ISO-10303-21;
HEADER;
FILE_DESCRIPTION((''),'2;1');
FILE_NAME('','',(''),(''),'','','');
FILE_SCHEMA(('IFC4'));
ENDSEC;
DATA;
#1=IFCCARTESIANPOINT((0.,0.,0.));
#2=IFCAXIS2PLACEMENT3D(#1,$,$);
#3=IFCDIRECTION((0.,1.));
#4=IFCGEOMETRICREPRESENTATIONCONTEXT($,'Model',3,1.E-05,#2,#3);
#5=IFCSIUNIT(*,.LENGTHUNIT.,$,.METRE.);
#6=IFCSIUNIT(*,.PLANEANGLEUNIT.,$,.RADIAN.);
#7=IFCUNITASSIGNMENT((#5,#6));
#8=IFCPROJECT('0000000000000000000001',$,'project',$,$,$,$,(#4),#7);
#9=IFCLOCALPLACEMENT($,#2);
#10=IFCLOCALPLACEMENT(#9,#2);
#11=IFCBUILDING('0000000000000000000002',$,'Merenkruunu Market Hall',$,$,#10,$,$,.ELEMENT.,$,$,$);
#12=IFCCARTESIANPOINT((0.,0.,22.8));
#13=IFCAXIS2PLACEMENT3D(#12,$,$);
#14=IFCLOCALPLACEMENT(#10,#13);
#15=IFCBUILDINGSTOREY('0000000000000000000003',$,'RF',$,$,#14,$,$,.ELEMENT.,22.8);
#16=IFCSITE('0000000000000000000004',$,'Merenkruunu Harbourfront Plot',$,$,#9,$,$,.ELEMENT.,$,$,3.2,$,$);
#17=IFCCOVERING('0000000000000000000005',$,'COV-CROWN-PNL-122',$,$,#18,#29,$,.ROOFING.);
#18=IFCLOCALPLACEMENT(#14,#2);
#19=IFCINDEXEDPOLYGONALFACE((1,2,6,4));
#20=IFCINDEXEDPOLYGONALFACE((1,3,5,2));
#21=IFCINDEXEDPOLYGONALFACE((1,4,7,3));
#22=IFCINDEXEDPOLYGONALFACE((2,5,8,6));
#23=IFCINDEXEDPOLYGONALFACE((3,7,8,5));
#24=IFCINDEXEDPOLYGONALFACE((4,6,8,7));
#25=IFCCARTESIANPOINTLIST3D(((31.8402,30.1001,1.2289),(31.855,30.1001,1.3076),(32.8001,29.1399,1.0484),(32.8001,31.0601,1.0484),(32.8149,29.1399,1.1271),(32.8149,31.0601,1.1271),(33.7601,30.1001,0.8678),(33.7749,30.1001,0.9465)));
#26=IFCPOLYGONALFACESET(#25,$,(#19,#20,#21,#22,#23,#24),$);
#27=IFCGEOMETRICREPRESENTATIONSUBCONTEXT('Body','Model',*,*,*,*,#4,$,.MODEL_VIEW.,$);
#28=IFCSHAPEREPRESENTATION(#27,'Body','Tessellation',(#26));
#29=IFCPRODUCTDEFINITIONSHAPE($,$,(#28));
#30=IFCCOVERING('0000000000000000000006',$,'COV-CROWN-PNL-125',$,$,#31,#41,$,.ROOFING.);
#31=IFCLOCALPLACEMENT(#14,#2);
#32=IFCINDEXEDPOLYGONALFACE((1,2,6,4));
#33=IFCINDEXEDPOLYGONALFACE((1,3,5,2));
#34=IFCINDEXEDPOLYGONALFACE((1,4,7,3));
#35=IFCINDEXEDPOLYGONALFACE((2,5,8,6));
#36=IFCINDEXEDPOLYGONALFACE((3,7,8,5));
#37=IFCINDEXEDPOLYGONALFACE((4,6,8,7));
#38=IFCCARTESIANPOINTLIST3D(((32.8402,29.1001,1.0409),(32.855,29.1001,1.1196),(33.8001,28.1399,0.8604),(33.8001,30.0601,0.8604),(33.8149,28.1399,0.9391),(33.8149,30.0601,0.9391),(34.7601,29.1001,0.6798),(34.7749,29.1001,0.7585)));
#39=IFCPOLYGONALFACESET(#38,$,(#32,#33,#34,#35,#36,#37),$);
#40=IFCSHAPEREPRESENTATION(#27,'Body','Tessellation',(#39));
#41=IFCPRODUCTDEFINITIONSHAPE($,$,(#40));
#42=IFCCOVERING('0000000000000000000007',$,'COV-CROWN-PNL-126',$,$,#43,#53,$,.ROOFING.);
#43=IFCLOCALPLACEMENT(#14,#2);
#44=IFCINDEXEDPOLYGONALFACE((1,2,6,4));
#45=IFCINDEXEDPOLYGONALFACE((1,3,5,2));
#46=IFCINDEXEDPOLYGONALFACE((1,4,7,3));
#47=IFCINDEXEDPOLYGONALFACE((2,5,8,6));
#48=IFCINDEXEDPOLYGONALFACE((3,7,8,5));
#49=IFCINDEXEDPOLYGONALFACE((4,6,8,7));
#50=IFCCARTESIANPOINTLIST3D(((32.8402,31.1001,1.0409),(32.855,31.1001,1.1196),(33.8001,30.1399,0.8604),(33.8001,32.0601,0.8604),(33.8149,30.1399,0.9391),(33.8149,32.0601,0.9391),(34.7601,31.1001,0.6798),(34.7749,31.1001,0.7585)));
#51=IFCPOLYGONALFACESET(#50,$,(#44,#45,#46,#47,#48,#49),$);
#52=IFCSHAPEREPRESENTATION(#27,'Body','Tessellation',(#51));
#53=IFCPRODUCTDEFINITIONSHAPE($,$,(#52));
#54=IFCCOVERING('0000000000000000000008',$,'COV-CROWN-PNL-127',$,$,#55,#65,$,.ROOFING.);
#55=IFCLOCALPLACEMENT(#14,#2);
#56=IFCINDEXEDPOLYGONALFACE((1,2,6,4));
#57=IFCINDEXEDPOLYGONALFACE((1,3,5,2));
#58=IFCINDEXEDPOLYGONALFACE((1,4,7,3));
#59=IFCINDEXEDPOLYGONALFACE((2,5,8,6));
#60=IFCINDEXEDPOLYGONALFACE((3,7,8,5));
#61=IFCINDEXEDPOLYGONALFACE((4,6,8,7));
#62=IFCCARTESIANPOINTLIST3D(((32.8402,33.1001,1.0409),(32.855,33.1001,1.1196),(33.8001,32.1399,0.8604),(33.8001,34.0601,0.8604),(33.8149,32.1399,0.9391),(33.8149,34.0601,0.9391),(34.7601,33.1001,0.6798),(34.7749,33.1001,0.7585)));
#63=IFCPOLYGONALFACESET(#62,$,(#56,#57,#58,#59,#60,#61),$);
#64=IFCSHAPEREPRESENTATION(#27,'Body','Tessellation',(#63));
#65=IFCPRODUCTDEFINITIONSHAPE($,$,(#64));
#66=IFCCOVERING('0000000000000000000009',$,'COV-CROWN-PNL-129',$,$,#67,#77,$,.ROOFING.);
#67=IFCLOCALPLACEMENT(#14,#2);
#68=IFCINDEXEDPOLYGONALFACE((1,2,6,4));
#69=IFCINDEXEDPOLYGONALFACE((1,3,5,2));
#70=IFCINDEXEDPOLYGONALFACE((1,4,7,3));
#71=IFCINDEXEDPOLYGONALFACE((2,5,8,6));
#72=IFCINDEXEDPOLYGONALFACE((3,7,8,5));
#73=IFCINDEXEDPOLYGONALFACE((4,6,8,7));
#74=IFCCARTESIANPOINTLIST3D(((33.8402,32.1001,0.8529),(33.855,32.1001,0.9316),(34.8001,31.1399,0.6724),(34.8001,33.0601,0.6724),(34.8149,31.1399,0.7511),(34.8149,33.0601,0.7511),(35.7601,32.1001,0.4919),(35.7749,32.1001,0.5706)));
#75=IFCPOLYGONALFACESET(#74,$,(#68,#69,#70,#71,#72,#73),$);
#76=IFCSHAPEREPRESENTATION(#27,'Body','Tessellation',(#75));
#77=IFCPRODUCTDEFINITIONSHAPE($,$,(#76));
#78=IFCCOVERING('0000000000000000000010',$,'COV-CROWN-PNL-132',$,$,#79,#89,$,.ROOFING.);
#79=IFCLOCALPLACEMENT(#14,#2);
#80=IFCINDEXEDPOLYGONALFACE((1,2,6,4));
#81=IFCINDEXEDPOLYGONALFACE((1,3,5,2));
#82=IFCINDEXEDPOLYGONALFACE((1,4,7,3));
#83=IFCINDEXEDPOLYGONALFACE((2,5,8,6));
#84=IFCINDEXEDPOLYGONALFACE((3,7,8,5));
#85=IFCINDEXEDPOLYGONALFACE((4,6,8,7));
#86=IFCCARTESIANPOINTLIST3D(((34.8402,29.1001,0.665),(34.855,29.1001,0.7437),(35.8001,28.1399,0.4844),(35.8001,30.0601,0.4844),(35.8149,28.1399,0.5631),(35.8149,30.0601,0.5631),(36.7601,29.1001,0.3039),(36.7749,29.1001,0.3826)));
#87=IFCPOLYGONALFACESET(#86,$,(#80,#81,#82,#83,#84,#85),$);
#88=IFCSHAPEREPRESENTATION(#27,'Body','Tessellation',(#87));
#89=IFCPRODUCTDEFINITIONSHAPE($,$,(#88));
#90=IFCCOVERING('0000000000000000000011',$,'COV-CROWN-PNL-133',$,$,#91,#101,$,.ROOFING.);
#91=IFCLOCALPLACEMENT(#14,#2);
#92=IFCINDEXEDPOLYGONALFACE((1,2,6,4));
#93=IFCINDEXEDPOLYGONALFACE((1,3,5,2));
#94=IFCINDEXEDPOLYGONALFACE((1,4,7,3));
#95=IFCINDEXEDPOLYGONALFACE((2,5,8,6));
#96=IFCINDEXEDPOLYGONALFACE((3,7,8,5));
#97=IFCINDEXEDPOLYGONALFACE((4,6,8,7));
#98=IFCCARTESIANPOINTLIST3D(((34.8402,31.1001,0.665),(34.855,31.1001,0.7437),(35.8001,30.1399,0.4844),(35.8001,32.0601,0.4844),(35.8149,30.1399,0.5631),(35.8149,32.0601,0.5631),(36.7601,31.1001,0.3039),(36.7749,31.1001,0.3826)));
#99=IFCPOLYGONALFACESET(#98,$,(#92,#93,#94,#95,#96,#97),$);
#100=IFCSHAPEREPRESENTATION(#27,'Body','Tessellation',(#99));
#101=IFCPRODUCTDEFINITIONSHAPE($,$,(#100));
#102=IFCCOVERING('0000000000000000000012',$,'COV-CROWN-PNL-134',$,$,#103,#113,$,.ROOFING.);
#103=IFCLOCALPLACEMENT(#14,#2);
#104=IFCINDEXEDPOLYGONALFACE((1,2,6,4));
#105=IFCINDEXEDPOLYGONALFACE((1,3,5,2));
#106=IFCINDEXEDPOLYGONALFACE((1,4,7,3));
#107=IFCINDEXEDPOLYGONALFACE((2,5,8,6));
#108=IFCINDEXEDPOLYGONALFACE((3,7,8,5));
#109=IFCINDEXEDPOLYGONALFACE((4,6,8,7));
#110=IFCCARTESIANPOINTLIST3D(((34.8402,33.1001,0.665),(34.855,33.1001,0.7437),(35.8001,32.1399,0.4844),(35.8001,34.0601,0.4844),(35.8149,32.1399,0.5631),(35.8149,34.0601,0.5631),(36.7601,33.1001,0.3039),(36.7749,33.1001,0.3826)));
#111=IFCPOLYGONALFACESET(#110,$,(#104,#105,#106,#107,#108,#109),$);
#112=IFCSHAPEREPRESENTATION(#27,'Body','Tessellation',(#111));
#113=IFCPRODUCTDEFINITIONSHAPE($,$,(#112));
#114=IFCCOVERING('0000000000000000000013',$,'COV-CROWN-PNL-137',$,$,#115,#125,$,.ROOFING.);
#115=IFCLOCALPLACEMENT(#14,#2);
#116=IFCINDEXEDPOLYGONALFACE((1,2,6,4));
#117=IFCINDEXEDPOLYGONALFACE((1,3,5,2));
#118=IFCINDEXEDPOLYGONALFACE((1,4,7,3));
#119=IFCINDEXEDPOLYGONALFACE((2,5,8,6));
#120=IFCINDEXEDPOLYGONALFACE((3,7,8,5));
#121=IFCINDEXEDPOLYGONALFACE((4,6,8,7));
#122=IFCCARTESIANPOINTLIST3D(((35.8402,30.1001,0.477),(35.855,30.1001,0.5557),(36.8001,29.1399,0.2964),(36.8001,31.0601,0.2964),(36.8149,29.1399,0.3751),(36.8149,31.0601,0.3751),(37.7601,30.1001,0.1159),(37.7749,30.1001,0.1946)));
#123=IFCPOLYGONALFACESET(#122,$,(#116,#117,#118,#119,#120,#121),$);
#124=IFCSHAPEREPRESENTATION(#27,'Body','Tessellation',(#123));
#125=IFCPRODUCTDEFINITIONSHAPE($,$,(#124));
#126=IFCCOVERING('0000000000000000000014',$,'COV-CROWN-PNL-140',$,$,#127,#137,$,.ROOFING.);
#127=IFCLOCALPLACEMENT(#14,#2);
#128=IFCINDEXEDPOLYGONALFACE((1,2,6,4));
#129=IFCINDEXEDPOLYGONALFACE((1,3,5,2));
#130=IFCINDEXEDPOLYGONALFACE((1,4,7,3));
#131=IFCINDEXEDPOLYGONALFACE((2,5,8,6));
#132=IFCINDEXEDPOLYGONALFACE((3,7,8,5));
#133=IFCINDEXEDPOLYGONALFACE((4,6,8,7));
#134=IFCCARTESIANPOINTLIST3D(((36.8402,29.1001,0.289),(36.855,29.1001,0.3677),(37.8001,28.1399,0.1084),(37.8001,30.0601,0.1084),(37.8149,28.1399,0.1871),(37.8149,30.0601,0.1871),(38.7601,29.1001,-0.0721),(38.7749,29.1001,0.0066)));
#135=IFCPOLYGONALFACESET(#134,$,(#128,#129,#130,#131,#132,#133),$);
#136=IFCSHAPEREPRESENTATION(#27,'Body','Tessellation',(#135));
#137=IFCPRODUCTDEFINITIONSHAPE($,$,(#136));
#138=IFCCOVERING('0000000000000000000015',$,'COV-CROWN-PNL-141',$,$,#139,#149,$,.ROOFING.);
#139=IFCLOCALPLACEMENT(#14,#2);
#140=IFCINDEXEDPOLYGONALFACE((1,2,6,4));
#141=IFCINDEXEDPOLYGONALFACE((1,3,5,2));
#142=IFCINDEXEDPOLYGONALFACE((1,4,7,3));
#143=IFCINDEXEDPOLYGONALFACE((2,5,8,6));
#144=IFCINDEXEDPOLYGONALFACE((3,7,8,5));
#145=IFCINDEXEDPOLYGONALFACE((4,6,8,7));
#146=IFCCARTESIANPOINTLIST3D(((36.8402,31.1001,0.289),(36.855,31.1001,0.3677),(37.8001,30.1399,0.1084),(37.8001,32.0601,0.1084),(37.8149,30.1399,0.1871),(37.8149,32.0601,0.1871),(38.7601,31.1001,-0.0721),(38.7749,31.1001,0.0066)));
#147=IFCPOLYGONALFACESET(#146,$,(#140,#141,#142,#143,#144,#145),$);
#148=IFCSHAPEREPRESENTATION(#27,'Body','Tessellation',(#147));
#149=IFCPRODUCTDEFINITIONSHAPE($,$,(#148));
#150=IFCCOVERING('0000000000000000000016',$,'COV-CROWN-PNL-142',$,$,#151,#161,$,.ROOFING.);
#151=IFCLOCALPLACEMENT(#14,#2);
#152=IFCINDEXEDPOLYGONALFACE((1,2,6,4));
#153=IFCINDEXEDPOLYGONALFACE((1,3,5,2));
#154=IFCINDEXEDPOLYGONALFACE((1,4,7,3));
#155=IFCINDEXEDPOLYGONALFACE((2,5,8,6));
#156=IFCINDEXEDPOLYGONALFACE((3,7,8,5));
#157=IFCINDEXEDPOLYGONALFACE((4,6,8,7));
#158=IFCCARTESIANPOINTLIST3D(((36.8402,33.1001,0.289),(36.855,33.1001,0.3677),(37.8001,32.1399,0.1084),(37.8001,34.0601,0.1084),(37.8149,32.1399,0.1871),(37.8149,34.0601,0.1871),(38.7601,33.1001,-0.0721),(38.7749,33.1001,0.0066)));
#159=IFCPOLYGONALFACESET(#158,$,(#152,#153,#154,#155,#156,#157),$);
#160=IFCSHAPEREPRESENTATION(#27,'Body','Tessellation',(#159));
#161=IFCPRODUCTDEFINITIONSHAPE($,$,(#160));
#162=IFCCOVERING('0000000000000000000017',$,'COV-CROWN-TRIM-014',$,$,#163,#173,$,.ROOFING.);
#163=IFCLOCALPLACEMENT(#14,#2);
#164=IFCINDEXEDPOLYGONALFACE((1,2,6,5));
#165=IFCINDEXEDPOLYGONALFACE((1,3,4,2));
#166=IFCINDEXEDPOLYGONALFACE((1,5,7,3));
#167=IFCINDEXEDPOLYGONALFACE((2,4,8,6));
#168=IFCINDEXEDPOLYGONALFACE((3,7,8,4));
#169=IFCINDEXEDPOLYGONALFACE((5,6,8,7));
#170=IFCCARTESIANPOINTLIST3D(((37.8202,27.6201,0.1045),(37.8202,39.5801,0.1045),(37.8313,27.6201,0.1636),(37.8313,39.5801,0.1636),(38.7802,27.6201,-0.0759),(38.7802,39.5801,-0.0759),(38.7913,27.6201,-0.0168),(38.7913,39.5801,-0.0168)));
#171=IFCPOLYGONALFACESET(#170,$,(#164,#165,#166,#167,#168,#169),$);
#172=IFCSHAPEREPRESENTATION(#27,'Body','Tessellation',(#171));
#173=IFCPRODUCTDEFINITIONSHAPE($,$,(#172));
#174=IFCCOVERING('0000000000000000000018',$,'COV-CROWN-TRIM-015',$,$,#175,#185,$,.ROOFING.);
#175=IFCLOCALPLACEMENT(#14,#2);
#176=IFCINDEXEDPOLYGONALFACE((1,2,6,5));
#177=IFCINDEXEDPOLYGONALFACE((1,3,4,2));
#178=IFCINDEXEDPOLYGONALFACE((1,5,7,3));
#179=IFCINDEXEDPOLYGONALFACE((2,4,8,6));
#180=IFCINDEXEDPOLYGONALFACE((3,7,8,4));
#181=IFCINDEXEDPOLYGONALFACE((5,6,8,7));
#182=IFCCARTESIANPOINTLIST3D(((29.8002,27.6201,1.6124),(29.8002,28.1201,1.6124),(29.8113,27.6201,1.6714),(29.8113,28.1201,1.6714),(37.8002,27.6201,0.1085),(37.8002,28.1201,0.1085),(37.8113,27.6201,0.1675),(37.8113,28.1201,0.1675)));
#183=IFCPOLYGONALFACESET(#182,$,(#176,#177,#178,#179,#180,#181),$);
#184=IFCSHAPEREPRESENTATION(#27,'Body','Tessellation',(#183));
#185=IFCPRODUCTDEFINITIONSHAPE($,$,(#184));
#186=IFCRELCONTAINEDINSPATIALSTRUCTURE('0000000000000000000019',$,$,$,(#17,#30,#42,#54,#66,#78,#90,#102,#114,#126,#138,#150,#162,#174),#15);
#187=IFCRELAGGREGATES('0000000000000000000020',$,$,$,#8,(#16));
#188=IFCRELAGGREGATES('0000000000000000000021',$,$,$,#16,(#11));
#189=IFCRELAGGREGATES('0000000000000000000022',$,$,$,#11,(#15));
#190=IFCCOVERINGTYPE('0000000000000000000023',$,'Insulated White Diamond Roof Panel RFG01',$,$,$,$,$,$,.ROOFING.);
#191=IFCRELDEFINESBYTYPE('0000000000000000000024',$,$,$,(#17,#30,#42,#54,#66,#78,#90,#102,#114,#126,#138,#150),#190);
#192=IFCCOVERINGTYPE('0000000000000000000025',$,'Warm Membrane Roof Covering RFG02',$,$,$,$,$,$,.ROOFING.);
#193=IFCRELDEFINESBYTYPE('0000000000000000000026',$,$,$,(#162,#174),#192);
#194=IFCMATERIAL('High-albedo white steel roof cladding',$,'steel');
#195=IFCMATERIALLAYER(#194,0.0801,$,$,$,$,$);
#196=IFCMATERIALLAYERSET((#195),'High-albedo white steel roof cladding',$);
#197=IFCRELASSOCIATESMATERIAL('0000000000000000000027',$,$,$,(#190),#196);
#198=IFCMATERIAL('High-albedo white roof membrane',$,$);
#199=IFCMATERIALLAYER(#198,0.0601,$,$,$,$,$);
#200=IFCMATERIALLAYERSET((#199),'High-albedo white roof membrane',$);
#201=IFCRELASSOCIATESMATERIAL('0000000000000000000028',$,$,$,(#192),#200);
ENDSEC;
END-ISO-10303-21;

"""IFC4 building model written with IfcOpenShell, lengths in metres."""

from ifc_helpers import new_model, si_unit, direction, frame, origin, place, context, subcontext, project, spatial, polyline, outline, extrude, material, layer, layer_set, type_object, element, save


model = new_model("IFC4")

# Units and contexts
model_context = context("Model", 3, precision=1e-05, world=origin(), true_north=direction((0.0, 1.0)))
body_context = subcontext(model_context, "Body", "Model", "MODEL_VIEW")
ifc_project = project(units=[si_unit("LENGTHUNIT", "METRE"), si_unit("PLANEANGLEUNIT", "RADIAN")], contexts=[model_context])

# Site, building, storey
site_placement = place(None, origin())
site = spatial("IfcSite", under=ifc_project, at=site_placement, Name="Merenkruunu Harbourfront Plot", CompositionType="ELEMENT", RefElevation=3.2)
building_placement = place(site_placement, origin())
building = spatial("IfcBuilding", under=site, at=building_placement, Name="Merenkruunu Market Hall", CompositionType="ELEMENT")
storey_placement = place(building_placement, frame((0.0, 0.0, 22.8)))
storey = spatial("IfcBuildingStorey", under=building, at=storey_placement, Name="RF", CompositionType="ELEMENT", Elevation=22.8)

# Coverings
ifc_material_1 = material(Name="High-albedo white steel roof cladding", Category="steel")
ifc_layer_1 = layer(ifc_material_1, 0.0801)
ifc_layer_set_1 = layer_set([ifc_layer_1], Name="High-albedo white steel roof cladding")
covering_type_1 = type_object("IfcCoveringType", Name="Insulated White Diamond Roof Panel RFG01", PredefinedType="ROOFING", material=ifc_layer_set_1)
for number, where, z_axis, x_axis, name in (
    (1, (31.855, 30.1001, 1.3076), (0.184832, 0.0, 0.98277), (0.70084, -0.701035, -0.131809), "COV-CROWN-PNL-122"),
    (2, (32.855, 29.1001, 1.1196), (0.184832, 0.0, 0.98277), (0.70084, -0.701035, -0.131809), "COV-CROWN-PNL-125"),
    (3, (32.855, 31.1001, 1.1196), (0.184832, 0.0, 0.98277), (0.70084, -0.701035, -0.131809), "COV-CROWN-PNL-126"),
    (4, (32.855, 33.1001, 1.1196), (0.184832, 0.0, 0.98277), (0.70084, -0.701035, -0.131809), "COV-CROWN-PNL-127"),
    (5, (33.855, 32.1001, 0.9316), (0.184832, 0.0, 0.98277), (0.70084, -0.701035, -0.131809), "COV-CROWN-PNL-129"),
    (6, (34.855, 29.1001, 0.7437), (0.184832, 0.0, 0.98277), (0.70084, -0.701035, -0.131809), "COV-CROWN-PNL-132"),
    (7, (34.855, 31.1001, 0.7437), (0.184832, 0.0, 0.98277), (0.70084, -0.701035, -0.131809), "COV-CROWN-PNL-133"),
    (8, (34.855, 33.1001, 0.7437), (0.184832, 0.0, 0.98277), (0.70084, -0.701035, -0.131809), "COV-CROWN-PNL-134"),
    (9, (35.855, 30.1001, 0.5557), (0.184832, 0.0, 0.98277), (0.70084, -0.701035, -0.131809), "COV-CROWN-PNL-137"),
    (10, (36.855, 29.1001, 0.3677), (0.184832, 0.0, 0.98277), (0.70084, -0.701035, -0.131809), "COV-CROWN-PNL-140"),
    (11, (36.855, 31.1001, 0.3677), (0.184832, 0.0, 0.98277), (0.70084, -0.701035, -0.131809), "COV-CROWN-PNL-141"),
    (12, (36.855, 33.1001, 0.3677), (0.184832, 0.0, 0.98277), (0.70084, -0.701035, -0.131809), "COV-CROWN-PNL-142"),
):
    element("IfcCovering", number, at=place(storey_placement, frame(where, z_axis=z_axis, x_axis=x_axis)), inside=storey, type_object=covering_type_1, Name=name, PredefinedType="ROOFING", context=body_context, shape_type="SweptSolid", body=[
        extrude(outline(polyline([(0.0, 0.0), (1.3697, 0.0), (1.3932, 1.3695), (0.0236, 1.3693), (0.0, 0.0)])), origin(), (0.0, 0.0, -1.0), 0.0801),
    ])
ifc_material_2 = material(Name="High-albedo white roof membrane")
ifc_layer_2 = layer(ifc_material_2, 0.0601)
ifc_layer_set_2 = layer_set([ifc_layer_2], Name="High-albedo white roof membrane")
covering_type_2 = type_object("IfcCoveringType", Name="Warm Membrane Roof Covering RFG02", PredefinedType="ROOFING", material=ifc_layer_set_2)
covering_1_placement = place(storey_placement, frame((37.8313, 27.6201, 0.1636), z_axis=(0.184711, 0.0, 0.982793), x_axis=(0.982793, 0.0, -0.184711)))
element("IfcCovering", 13, at=covering_1_placement, inside=storey, type_object=covering_type_2, Name="COV-CROWN-TRIM-014", PredefinedType="ROOFING", context=body_context, shape_type="SweptSolid", body=[
    extrude(outline(polyline([(0.0, 0.0), (0.9768, 0.0), (0.9768, 11.96), (0.0, 11.96), (0.0, 0.0)])), origin(), (0.0, 0.0, -1.0), 0.0601),
])
covering_2_placement = place(storey_placement, frame((29.8113, 27.6201, 1.6714), z_axis=(0.184752, 0.0, 0.982785), x_axis=(0.982785, 0.0, -0.184752)))
element("IfcCovering", 14, at=covering_2_placement, inside=storey, type_object=covering_type_2, Name="COV-CROWN-TRIM-015", PredefinedType="ROOFING", context=body_context, shape_type="SweptSolid", body=[
    extrude(outline(polyline([(0.0, 0.0), (8.1401, 0.0), (8.1401, 0.5), (0.0, 0.5), (0.0, 0.0)])), origin(), (0.0, 0.0, -1.0), 0.0601),
])

save(model, "model.ifc")
